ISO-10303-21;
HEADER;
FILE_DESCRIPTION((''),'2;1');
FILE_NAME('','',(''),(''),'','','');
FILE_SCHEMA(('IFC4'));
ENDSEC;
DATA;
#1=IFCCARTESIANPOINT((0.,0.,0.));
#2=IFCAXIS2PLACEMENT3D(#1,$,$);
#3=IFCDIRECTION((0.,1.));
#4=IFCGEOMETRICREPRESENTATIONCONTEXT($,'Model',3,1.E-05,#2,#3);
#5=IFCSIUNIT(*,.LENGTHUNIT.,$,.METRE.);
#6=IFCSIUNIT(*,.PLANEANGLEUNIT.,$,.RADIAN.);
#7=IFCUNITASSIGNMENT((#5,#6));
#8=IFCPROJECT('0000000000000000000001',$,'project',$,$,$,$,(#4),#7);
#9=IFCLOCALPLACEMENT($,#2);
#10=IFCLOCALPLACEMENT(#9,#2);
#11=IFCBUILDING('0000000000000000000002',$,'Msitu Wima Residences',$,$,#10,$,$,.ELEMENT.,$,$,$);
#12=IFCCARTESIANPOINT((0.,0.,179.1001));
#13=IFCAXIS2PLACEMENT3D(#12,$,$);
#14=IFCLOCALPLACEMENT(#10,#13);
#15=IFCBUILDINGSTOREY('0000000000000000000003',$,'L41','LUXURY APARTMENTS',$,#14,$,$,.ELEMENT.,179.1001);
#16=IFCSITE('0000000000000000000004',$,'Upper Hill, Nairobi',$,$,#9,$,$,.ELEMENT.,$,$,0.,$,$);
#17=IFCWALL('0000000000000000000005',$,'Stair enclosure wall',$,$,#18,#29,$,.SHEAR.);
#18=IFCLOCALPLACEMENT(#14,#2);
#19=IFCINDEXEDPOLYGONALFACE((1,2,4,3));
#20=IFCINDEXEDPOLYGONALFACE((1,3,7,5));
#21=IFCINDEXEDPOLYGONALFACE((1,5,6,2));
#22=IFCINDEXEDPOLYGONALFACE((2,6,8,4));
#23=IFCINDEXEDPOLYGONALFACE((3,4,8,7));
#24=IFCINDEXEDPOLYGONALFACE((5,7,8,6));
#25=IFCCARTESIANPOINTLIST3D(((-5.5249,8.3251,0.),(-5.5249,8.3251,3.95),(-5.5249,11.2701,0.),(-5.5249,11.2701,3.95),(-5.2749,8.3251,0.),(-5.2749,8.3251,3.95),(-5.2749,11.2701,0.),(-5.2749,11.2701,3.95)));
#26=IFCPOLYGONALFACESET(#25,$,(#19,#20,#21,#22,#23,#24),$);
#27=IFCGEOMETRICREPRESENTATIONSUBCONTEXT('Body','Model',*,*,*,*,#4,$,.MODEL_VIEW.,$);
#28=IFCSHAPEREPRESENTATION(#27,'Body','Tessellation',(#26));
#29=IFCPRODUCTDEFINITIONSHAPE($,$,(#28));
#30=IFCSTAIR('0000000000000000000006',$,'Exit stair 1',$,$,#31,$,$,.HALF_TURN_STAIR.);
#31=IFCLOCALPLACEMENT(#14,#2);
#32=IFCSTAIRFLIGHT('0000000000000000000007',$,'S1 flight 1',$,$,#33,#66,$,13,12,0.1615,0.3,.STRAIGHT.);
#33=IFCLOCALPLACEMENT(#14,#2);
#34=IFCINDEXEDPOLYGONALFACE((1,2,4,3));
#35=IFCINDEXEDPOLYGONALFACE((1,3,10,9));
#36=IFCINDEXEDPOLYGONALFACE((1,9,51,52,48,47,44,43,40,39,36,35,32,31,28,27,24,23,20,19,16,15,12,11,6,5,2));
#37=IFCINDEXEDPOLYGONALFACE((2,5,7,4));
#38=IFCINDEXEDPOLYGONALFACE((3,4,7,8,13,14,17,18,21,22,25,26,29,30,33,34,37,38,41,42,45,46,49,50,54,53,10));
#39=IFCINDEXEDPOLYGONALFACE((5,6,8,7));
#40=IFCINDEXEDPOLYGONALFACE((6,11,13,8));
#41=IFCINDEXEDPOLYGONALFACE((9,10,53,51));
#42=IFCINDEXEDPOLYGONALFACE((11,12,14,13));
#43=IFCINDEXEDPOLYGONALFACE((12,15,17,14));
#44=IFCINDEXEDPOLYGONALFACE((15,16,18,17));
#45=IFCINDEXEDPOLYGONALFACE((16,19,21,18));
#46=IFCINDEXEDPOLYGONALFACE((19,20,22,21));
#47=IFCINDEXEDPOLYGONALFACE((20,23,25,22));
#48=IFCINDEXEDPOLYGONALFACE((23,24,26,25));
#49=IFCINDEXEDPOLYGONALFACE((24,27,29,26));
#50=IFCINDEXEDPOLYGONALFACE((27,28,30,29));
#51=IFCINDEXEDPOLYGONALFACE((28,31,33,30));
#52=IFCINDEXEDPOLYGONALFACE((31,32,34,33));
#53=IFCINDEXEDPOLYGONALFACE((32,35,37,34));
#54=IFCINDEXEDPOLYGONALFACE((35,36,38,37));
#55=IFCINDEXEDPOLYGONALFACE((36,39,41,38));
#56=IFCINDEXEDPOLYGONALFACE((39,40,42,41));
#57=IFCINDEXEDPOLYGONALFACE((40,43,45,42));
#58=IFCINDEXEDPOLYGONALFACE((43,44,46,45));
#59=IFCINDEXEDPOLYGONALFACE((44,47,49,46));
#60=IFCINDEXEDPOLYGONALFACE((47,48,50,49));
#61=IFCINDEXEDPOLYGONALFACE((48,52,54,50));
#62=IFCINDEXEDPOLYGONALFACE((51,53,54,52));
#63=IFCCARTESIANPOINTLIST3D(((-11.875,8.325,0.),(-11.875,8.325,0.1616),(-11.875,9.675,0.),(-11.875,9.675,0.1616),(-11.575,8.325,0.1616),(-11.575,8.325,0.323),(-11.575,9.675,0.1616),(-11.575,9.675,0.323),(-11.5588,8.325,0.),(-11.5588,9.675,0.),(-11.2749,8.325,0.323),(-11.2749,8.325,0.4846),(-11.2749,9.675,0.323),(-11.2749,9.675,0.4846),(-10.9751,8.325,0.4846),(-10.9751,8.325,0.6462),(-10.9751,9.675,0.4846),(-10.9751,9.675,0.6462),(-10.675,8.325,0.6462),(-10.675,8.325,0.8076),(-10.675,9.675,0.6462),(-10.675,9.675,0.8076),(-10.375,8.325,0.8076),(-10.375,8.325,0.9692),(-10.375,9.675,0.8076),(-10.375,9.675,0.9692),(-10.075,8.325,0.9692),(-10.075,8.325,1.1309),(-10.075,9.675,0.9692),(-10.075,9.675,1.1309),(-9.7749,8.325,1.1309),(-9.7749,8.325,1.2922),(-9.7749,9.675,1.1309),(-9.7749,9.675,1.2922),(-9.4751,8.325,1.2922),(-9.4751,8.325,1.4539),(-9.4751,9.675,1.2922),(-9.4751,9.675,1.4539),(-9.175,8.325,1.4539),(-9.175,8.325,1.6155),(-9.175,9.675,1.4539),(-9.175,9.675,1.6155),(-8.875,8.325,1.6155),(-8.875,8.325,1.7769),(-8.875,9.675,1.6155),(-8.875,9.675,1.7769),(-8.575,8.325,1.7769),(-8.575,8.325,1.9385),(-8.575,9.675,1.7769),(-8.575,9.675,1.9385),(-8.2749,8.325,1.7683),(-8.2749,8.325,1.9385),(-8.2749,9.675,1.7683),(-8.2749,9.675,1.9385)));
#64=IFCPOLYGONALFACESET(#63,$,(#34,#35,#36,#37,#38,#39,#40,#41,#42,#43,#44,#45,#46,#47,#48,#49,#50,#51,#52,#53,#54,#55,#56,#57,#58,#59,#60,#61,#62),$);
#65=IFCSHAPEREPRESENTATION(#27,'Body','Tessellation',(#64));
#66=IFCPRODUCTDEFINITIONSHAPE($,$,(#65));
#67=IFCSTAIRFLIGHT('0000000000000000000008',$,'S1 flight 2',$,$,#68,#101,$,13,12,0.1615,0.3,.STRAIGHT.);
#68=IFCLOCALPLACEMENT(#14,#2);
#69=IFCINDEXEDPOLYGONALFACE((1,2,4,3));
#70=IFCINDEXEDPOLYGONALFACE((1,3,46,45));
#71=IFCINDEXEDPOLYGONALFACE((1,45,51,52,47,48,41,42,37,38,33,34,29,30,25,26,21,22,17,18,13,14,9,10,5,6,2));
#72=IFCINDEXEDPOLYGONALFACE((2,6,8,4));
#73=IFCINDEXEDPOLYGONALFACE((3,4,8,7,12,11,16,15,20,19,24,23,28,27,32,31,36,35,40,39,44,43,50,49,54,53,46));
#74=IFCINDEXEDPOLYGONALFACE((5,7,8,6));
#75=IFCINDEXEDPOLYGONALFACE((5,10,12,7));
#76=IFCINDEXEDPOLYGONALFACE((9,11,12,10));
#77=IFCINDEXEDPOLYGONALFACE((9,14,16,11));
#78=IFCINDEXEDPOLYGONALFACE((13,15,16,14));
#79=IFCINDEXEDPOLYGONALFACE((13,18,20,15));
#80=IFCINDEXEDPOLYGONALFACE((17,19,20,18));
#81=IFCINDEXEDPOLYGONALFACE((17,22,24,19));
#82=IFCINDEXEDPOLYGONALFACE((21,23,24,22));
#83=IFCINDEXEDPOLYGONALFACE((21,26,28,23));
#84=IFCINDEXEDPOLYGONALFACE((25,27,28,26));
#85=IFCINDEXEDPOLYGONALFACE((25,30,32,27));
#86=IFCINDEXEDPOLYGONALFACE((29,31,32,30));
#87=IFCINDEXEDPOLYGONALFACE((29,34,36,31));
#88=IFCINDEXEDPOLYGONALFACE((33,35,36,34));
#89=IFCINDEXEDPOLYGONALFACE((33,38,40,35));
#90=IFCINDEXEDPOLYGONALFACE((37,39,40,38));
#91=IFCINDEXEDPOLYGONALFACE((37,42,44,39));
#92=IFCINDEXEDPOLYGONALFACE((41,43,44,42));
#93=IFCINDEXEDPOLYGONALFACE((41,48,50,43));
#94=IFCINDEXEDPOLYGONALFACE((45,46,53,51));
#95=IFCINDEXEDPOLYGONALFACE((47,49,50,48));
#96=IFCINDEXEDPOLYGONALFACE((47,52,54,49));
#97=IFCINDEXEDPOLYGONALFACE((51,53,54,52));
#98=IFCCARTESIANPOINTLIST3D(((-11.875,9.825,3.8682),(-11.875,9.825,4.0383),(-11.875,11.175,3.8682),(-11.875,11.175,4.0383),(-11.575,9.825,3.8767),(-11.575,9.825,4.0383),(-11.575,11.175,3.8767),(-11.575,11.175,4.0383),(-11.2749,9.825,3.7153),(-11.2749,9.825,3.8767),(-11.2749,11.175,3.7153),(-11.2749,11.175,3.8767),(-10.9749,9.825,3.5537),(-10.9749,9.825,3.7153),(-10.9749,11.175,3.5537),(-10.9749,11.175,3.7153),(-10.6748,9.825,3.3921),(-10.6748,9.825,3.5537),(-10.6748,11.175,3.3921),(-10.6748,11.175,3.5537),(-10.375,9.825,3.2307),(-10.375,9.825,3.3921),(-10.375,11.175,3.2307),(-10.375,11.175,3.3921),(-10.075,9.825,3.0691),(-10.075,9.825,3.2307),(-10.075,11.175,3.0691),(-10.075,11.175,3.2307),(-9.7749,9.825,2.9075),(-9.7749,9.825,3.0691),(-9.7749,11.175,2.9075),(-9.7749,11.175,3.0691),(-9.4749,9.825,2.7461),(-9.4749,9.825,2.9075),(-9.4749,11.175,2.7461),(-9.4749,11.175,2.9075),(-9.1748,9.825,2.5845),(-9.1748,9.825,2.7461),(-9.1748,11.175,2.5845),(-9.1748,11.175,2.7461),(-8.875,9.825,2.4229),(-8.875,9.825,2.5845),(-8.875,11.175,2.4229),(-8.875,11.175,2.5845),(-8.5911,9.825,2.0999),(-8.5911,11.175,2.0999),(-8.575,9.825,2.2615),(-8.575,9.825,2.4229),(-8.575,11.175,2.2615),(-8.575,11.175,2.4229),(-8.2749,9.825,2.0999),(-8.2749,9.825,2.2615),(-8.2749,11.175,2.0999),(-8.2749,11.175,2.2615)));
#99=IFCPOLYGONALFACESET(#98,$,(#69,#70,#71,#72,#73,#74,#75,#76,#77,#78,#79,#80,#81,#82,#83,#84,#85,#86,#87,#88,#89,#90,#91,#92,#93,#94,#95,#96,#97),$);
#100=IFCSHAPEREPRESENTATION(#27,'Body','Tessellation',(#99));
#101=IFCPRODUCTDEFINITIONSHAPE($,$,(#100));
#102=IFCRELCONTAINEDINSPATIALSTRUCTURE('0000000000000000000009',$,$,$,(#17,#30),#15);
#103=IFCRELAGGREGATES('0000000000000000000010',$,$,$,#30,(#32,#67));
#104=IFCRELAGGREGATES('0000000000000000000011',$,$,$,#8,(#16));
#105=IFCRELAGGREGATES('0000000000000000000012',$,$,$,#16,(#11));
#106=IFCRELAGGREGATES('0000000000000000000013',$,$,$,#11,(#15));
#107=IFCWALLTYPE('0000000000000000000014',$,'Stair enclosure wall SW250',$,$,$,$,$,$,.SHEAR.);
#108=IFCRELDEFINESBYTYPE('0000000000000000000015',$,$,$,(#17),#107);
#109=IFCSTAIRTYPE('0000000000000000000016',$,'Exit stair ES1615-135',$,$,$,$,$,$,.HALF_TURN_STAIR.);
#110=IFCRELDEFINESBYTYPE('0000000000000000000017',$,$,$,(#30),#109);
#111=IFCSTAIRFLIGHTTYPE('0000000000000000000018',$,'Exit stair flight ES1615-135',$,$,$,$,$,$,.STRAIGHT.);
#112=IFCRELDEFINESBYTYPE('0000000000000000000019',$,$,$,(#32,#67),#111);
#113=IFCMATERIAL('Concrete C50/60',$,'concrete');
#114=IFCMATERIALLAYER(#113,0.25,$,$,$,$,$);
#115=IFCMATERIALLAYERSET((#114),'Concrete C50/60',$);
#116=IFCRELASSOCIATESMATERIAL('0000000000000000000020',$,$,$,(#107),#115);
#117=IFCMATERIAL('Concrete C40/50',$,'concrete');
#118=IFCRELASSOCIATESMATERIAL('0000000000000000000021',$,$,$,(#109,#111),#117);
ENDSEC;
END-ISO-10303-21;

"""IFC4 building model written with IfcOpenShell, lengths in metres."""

from ifc_helpers import new_model, si_unit, direction, frame, frame_2d, origin, place, context, subcontext, project, spatial, polyline, rectangle, outline, extrude, material, layer, layer_set, type_object, element, aggregate, save


model = new_model("IFC4")

# Units and contexts
model_context = context("Model", 3, precision=1e-05, world=origin(), true_north=direction((0.0, 1.0)))
body_context = subcontext(model_context, "Body", "Model", "MODEL_VIEW")
ifc_project = project(units=[si_unit("LENGTHUNIT", "METRE"), si_unit("PLANEANGLEUNIT", "RADIAN")], contexts=[model_context])

# Site, building, storey
site_placement = place(None, origin())
site = spatial("IfcSite", under=ifc_project, at=site_placement, Name="Upper Hill, Nairobi", CompositionType="ELEMENT", RefElevation=0.0)
building_placement = place(site_placement, origin())
building = spatial("IfcBuilding", under=site, at=building_placement, Name="Msitu Wima Residences", CompositionType="ELEMENT")
storey_placement = place(building_placement, frame((0.0, 0.0, 179.1001)))
storey = spatial("IfcBuildingStorey", under=building, at=storey_placement, Name="L41", Description="LUXURY APARTMENTS", CompositionType="ELEMENT", Elevation=179.1001)

# Shared definitions
ifc_material_1 = material(Name="Concrete C40/50", Category="concrete")

# Wall
ifc_material_2 = material(Name="Concrete C50/60", Category="concrete")
ifc_layer_1 = layer(ifc_material_2, 0.25)
ifc_layer_set_1 = layer_set([ifc_layer_1], Name="Concrete C50/60")
wall_type_1 = type_object("IfcWallType", Name="Stair enclosure wall SW250", PredefinedType="SHEAR", material=ifc_layer_set_1)
wall_1_placement = place(storey_placement, frame((-5.3999, 8.325, 0.0), z_axis=(0.0, 0.0, 1.0), x_axis=(0.0, 1.0, 0.0)))
element("IfcWall", 1, at=wall_1_placement, inside=storey, type_object=wall_type_1, Name="Stair enclosure wall", PredefinedType="SHEAR", context=body_context, shape_type="SweptSolid", body=[
    extrude(rectangle(XDim=2.9451, YDim=0.25, at=frame_2d((1.4727, 0.0))), origin(), (0.0, 0.0, 1.0), 3.95),
])

# Stair, stair flights
stair_type = type_object("IfcStairType", Name="Exit stair ES1615-135", PredefinedType="HALF_TURN_STAIR", material=ifc_material_1)
stair_placement = place(storey_placement, origin())
stair = element("IfcStair", 2, at=stair_placement, inside=storey, type_object=stair_type, Name="Exit stair 1", PredefinedType="HALF_TURN_STAIR")
stair_flight_type = type_object("IfcStairFlightType", Name="Exit stair flight ES1615-135", PredefinedType="STRAIGHT", material=ifc_material_1)
stair_flight_1_placement = place(storey_placement, frame((-11.875, 9.0, 0.0), z_axis=(0.0, 0.0, 1.0), x_axis=(1.0, 0.0, 0.0)))
stair_flight_1 = element("IfcStairFlight", 3, at=stair_flight_1_placement, type_object=stair_flight_type, Name="S1 flight 1", NumberOfRisers=13, NumberOfTreads=12, PredefinedType="STRAIGHT", RiserHeight=0.1615, TreadLength=0.3, context=body_context, shape_type="SweptSolid", body=[
    extrude(outline(polyline([(0.0, 0.0), (0.0, 0.1616), (0.3, 0.1616), (0.3, 0.323), (0.6001, 0.323), (0.6001, 0.4846), (0.8999, 0.4846), (0.8999, 0.6462), (1.2, 0.6462), (1.2, 0.8076), (1.5, 0.8076), (1.5, 0.9692), (1.8, 0.9692), (1.8, 1.1309), (2.1001, 1.1309), (2.1001, 1.2922), (2.3999, 1.2922), (2.3999, 1.4539), (2.7, 1.4539), (2.7, 1.6155), (3.0, 1.6155), (3.0, 1.7769), (3.3, 1.7769), (3.3, 1.9385), (3.6001, 1.9385), (3.6001, 2.1001), (3.6001, 1.7683), (0.3162, 0.0), (0.0, 0.0)])), frame((0.0, 0.675, 0.0), z_axis=(0.0, -1.0, 0.0), x_axis=(1.0, 0.0, 0.0)), (0.0, 0.0, 1.0), 1.3501),
])
stair_flight_2_placement = place(storey_placement, frame((-8.2749, 10.5, 2.0999), z_axis=(0.0, 0.0, 1.0), x_axis=(-1.0, 0.0, 0.0)))
stair_flight_2 = element("IfcStairFlight", 4, at=stair_flight_2_placement, type_object=stair_flight_type, Name="S1 flight 2", NumberOfRisers=13, NumberOfTreads=12, PredefinedType="STRAIGHT", RiserHeight=0.1615, TreadLength=0.3, context=body_context, shape_type="SweptSolid", body=[
    extrude(outline(polyline([(0.0, 0.0), (0.0, 0.1616), (0.3, 0.1616), (0.3, 0.323), (0.6001, 0.323), (0.6001, 0.4846), (0.8999, 0.4846), (0.8999, 0.6462), (1.2, 0.6462), (1.2, 0.8076), (1.5, 0.8076), (1.5, 0.9692), (1.8, 0.9692), (1.8, 1.1309), (2.1001, 1.1309), (2.1001, 1.2922), (2.3999, 1.2922), (2.3999, 1.4539), (2.7, 1.4539), (2.7, 1.6155), (3.0, 1.6155), (3.0, 1.7769), (3.3, 1.7769), (3.3, 1.9385), (3.6001, 1.9385), (3.6001, 2.1001), (3.6001, 1.7683), (0.3162, 0.0), (0.0, 0.0)])), frame((0.0, 0.675, 0.0), z_axis=(0.0, -1.0, 0.0), x_axis=(1.0, 0.0, 0.0)), (0.0, 0.0, 1.0), 1.3501),
])
aggregate(stair, [stair_flight_1, stair_flight_2])

save(model, "model.ifc")
